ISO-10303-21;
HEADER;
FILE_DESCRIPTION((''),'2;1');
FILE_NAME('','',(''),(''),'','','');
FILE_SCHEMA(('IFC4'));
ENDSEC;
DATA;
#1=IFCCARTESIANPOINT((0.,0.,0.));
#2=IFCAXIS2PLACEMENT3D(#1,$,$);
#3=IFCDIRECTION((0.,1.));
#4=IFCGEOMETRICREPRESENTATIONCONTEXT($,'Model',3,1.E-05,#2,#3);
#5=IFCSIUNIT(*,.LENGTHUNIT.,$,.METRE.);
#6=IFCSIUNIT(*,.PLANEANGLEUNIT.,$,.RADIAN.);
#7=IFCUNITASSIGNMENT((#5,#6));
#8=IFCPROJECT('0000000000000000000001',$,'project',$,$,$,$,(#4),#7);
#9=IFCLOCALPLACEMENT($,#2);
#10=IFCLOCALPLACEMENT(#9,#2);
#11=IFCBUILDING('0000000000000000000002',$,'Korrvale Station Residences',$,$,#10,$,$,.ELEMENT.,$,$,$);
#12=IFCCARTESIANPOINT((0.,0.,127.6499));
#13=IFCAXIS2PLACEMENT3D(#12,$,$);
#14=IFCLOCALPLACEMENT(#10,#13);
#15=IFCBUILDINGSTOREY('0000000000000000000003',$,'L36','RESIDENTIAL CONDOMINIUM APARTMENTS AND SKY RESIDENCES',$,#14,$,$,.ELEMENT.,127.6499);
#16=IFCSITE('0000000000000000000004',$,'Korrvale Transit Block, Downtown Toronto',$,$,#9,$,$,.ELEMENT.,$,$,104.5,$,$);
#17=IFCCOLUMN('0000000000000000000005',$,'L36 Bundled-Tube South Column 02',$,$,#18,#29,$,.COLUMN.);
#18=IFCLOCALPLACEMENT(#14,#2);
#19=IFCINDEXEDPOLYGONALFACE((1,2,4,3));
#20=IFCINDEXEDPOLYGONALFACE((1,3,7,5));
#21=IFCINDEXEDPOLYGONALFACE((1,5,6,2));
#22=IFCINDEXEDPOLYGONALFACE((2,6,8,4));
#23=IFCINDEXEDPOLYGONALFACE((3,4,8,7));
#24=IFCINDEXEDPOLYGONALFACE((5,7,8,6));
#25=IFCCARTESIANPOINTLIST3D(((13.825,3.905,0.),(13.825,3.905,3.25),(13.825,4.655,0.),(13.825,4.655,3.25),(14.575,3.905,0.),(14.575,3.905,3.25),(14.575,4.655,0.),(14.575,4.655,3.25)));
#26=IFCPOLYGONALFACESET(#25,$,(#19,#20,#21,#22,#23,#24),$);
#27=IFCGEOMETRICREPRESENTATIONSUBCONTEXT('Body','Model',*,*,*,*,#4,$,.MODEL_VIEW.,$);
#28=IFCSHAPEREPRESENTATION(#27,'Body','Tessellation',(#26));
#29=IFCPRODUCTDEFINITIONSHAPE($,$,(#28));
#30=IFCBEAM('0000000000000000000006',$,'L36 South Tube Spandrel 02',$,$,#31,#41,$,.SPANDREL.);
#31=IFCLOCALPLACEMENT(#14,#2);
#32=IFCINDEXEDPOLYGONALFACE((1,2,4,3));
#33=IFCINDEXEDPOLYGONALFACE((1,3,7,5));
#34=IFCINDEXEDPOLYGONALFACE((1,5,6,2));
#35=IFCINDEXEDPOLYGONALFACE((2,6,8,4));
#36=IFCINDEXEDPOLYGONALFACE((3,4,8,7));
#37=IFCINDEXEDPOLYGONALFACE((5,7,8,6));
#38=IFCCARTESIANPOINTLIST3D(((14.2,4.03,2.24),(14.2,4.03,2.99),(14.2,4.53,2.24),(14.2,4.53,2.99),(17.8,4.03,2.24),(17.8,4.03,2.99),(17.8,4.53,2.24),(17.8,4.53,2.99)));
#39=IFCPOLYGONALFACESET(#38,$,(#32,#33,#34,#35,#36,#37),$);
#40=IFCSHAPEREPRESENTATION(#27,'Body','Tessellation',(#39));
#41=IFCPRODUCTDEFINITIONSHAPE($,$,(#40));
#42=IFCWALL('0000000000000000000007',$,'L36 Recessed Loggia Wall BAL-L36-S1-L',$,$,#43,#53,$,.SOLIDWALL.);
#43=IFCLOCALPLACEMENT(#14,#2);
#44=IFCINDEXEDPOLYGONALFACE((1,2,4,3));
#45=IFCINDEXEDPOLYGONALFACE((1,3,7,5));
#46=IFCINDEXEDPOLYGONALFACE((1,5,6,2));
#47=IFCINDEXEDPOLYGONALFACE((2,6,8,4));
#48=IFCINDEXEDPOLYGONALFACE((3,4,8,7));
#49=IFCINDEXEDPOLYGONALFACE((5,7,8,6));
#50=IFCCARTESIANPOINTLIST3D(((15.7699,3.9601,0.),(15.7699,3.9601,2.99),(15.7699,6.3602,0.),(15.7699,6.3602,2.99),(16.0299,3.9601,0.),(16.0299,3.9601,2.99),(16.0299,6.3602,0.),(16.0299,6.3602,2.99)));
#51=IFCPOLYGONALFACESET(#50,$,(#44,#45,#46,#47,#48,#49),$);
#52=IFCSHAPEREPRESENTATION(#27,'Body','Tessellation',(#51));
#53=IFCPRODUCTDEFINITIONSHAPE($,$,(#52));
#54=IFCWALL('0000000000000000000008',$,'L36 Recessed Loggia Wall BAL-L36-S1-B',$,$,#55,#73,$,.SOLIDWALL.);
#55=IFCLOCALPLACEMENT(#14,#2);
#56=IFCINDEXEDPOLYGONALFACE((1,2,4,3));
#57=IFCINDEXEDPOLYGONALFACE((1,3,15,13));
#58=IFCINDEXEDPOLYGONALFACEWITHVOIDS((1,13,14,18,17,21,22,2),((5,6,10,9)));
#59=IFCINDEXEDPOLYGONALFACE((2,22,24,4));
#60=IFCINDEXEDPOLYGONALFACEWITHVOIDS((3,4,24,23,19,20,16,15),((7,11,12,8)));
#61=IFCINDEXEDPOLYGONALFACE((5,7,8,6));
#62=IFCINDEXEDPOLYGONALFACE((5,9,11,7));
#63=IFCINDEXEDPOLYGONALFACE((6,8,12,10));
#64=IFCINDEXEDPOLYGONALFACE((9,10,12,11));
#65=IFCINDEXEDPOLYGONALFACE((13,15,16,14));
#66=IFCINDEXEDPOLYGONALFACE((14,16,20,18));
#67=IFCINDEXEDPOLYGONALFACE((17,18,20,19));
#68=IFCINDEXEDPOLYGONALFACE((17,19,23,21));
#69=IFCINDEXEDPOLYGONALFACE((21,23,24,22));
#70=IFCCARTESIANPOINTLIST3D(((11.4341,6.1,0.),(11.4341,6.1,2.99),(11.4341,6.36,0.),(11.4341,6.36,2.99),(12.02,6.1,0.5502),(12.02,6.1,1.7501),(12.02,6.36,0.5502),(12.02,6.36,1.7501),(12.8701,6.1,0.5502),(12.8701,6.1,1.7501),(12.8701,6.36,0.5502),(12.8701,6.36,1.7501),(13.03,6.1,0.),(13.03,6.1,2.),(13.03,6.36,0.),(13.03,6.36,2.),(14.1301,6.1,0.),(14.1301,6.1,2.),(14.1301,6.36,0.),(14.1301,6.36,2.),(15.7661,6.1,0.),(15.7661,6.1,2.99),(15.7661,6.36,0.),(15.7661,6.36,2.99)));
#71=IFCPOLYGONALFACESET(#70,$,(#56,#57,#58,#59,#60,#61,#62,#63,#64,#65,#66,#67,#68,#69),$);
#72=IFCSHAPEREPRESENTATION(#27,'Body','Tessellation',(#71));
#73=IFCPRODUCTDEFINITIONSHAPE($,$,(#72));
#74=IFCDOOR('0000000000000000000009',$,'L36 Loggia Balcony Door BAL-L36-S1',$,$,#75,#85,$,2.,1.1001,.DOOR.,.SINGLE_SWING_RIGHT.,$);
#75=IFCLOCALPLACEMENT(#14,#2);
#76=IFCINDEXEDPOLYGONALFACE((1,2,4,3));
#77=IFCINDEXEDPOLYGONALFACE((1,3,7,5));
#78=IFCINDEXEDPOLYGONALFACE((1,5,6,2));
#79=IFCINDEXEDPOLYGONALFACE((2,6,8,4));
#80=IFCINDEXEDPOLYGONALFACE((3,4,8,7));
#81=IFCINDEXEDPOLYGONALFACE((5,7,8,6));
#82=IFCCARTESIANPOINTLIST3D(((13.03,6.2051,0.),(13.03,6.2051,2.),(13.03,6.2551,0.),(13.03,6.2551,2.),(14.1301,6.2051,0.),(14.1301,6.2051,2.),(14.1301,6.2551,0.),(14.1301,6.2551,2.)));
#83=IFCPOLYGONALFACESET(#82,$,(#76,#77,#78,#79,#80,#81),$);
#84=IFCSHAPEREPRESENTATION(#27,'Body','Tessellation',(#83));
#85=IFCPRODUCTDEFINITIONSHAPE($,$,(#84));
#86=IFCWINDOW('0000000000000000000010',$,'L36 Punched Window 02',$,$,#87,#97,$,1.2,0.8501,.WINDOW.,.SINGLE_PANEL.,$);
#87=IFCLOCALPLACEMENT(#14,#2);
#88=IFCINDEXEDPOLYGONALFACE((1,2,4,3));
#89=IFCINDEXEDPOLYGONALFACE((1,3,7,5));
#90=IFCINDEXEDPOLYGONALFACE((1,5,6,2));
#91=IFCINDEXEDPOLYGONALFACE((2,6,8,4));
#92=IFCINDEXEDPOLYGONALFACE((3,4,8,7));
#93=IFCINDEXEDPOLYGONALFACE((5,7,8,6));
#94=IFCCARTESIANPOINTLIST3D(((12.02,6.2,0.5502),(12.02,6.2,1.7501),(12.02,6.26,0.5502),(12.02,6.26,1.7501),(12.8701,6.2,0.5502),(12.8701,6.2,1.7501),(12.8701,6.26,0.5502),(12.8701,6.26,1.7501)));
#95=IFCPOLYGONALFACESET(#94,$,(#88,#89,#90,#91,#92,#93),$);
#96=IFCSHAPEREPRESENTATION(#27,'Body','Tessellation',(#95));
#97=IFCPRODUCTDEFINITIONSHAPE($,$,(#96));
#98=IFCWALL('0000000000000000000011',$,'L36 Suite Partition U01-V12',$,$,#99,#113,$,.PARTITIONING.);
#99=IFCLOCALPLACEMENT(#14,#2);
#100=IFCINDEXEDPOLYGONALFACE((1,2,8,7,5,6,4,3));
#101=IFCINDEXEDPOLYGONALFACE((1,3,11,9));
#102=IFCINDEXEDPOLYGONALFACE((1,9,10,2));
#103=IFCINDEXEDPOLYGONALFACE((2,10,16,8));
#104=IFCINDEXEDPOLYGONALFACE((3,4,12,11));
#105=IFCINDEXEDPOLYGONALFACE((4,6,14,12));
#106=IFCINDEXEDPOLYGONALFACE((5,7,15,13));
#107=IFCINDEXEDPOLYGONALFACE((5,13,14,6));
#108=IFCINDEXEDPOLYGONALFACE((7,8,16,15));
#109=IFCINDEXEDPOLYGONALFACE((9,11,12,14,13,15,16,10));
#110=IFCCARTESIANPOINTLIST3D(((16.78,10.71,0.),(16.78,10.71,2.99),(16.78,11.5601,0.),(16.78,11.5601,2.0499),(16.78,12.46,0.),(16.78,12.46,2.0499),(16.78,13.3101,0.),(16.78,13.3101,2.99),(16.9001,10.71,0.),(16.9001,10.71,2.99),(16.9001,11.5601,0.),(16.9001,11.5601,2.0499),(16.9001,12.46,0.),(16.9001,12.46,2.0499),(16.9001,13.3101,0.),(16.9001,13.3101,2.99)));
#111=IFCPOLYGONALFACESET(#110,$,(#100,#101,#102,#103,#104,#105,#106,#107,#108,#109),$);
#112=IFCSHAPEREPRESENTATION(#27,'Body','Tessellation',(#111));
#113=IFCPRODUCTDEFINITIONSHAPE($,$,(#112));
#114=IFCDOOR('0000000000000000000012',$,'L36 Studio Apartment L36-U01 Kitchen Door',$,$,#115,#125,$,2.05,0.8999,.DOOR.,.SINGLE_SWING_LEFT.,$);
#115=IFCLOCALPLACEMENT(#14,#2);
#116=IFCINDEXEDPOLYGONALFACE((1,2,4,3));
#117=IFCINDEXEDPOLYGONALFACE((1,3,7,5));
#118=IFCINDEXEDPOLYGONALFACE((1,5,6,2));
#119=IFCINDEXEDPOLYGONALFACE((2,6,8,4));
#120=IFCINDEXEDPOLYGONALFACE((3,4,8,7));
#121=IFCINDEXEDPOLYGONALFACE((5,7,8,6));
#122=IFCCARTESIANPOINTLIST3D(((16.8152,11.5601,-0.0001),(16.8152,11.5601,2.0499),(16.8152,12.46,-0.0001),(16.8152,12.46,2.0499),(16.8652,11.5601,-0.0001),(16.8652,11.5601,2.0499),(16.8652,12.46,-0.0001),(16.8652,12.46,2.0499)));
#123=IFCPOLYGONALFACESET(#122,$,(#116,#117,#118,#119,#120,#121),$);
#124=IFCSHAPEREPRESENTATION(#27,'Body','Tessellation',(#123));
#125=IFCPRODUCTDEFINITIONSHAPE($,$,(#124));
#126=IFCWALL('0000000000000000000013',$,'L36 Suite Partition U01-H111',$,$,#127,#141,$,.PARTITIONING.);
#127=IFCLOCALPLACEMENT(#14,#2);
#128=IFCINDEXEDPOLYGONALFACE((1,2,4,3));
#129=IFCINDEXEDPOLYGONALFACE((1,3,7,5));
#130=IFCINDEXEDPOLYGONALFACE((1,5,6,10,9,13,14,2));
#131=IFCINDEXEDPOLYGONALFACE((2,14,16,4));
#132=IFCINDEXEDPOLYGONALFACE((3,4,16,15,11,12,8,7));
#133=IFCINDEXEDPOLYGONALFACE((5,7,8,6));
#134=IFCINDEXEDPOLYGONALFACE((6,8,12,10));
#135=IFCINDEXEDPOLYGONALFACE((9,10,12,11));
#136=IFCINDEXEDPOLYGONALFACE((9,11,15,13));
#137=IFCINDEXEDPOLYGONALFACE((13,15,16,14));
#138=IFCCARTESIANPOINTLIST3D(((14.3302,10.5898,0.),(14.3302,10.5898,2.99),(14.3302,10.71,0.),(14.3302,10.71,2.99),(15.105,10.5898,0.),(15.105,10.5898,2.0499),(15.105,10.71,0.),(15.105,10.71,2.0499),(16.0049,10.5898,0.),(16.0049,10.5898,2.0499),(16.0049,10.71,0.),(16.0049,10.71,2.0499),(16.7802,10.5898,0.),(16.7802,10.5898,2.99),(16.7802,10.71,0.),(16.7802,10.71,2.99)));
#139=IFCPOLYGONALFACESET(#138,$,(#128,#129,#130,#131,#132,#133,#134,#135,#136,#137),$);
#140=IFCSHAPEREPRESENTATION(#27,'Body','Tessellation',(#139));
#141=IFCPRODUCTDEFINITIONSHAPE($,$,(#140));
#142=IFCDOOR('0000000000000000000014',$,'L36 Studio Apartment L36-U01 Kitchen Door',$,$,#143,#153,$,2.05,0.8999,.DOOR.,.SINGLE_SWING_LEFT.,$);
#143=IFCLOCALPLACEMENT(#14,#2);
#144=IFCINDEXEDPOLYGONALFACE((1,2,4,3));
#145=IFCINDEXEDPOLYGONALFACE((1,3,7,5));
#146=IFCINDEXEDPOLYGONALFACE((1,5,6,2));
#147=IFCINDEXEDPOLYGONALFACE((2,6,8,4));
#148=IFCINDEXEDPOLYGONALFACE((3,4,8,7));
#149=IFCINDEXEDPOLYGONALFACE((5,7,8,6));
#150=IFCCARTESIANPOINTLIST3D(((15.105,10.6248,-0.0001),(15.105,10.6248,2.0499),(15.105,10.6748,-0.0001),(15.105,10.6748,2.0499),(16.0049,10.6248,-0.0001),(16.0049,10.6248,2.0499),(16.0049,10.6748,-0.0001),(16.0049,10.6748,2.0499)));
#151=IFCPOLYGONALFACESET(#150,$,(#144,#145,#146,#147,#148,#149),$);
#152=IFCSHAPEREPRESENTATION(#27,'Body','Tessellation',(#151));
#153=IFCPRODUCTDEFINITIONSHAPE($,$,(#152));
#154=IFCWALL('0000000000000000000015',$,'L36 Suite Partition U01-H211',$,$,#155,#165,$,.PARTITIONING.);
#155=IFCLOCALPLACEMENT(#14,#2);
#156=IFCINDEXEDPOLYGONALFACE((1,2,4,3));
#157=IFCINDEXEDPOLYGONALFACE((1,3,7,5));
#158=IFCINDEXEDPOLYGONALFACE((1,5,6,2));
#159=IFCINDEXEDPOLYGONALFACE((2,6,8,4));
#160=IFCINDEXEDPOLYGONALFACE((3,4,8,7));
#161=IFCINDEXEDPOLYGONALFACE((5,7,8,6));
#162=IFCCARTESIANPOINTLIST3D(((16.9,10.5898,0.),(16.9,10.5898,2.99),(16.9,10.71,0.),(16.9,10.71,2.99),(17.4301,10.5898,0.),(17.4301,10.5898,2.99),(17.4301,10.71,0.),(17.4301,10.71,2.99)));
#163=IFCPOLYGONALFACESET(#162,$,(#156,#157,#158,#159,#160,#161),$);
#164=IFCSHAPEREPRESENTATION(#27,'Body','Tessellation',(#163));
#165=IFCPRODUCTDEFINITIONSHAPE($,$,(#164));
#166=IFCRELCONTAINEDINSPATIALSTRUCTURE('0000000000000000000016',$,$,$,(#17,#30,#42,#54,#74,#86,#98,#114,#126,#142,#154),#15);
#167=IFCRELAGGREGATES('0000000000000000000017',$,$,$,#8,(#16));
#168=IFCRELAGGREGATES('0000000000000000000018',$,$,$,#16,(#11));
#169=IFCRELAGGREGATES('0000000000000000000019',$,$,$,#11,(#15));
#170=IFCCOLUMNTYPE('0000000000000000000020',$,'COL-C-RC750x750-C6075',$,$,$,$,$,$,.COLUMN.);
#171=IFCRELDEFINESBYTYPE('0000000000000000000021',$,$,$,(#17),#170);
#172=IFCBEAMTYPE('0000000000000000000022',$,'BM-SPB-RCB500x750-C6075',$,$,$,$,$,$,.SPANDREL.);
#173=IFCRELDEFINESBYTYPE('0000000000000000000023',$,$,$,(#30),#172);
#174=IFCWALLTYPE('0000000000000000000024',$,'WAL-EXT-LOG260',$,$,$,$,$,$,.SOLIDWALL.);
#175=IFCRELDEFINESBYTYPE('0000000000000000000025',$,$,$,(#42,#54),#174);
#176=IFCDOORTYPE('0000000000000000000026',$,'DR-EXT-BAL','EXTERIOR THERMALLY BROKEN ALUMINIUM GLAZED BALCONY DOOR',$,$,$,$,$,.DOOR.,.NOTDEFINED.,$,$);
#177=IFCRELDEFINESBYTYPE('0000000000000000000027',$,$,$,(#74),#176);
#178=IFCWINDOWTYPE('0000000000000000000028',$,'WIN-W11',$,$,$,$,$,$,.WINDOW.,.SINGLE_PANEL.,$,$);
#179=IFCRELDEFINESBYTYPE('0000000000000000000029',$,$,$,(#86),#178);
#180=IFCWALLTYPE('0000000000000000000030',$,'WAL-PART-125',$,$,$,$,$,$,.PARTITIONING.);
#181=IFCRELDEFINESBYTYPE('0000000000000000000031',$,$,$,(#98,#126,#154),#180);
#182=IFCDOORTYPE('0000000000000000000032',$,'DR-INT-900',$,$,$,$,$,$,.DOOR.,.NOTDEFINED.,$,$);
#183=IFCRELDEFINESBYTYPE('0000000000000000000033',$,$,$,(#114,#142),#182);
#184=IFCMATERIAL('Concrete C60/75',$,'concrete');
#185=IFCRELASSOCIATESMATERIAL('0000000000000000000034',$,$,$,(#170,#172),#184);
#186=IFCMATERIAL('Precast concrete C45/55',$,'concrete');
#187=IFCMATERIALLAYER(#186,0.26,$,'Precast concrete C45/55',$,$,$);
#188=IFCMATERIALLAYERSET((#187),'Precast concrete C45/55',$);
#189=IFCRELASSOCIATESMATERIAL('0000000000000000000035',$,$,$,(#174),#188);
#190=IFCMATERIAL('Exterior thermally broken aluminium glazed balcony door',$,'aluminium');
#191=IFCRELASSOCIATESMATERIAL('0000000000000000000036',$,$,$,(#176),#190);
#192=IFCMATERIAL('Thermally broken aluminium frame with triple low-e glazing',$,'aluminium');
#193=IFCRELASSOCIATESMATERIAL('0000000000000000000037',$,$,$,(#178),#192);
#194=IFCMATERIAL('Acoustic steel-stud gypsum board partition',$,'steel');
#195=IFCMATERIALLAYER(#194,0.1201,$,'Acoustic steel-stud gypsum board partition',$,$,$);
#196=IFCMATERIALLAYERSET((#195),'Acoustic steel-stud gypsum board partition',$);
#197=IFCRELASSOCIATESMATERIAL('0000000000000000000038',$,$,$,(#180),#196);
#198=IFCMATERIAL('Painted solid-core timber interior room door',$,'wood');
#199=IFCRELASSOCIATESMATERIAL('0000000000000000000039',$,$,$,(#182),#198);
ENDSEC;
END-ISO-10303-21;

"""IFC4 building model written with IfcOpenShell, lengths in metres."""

from ifc_helpers import new_model, si_unit, direction, frame, frame_2d, origin, origin_2d, place, context, subcontext, project, spatial, rectangle, extrude, material, layer, layer_set, material_profile, profile_set, type_object, element, fill, save


model = new_model("IFC4")

# Units and contexts
model_context = context("Model", 3, precision=1e-05, world=origin(), true_north=direction((0.0, 1.0)))
body_context = subcontext(model_context, "Body", "Model", "MODEL_VIEW")
ifc_project = project(units=[si_unit("LENGTHUNIT", "METRE"), si_unit("PLANEANGLEUNIT", "RADIAN")], contexts=[model_context])

# Site, building, storey
site_placement = place(None, origin())
site = spatial("IfcSite", under=ifc_project, at=site_placement, Name="Korrvale Transit Block, Downtown Toronto", CompositionType="ELEMENT", RefElevation=104.5)
building_placement = place(site_placement, origin())
building = spatial("IfcBuilding", under=site, at=building_placement, Name="Korrvale Station Residences", CompositionType="ELEMENT")
storey_placement = place(building_placement, frame((0.0, 0.0, 127.6499)))
storey = spatial("IfcBuildingStorey", under=building, at=storey_placement, Name="L36", Description="RESIDENTIAL CONDOMINIUM APARTMENTS AND SKY RESIDENCES", CompositionType="ELEMENT", Elevation=127.6499)

# Column
ifc_material_1 = material(Name="Concrete C60/75", Category="concrete")
ifc_material_profile_1 = material_profile(ifc_material_1, rectangle(XDim=0.75, YDim=0.75, at=origin_2d()), Name="RC750x750")
ifc_profile_set_1 = profile_set([ifc_material_profile_1], Name="Concrete C60/75")
column_type = type_object("IfcColumnType", Name="COL-C-RC750x750-C6075", PredefinedType="COLUMN", material=ifc_profile_set_1)
column_placement = place(storey_placement, frame((14.2, 4.28, 0.0), z_axis=(0.0, 0.0, 1.0), x_axis=(1.0, 0.0, 0.0)))
element("IfcColumn", 1, at=column_placement, inside=storey, type_object=column_type, Name="L36 Bundled-Tube South Column 02", PredefinedType="COLUMN", context=body_context, shape_type="SweptSolid", body=[
    extrude(rectangle(XDim=0.75, YDim=0.75, at=origin_2d()), origin(), (0.0, 0.0, 1.0), 3.25),
])

# Beam
ifc_material_profile_2 = material_profile(ifc_material_1, rectangle(XDim=0.5, YDim=0.75, at=origin_2d()), Name="RCB500x750")
ifc_profile_set_2 = profile_set([ifc_material_profile_2], Name="Concrete C60/75")
beam_type = type_object("IfcBeamType", Name="BM-SPB-RCB500x750-C6075", PredefinedType="SPANDREL", material=ifc_profile_set_2)
beam_placement = place(storey_placement, frame((14.2, 4.28, 2.615), z_axis=(1.0, 0.0, 0.0), x_axis=(0.0, 1.0, 0.0)))
element("IfcBeam", 2, at=beam_placement, inside=storey, type_object=beam_type, Name="L36 South Tube Spandrel 02", PredefinedType="SPANDREL", context=body_context, shape_type="SweptSolid", body=[
    extrude(rectangle(XDim=0.5, YDim=0.75, at=origin_2d()), origin(), (0.0, 0.0, 1.0), 3.6001),
])

# Wall
ifc_material_2 = material(Name="Precast concrete C45/55", Category="concrete")
ifc_layer_1 = layer(ifc_material_2, 0.26, Name="Precast concrete C45/55")
ifc_layer_set_1 = layer_set([ifc_layer_1], Name="Precast concrete C45/55")
wall_type_1 = type_object("IfcWallType", Name="WAL-EXT-LOG260", PredefinedType="SOLIDWALL", material=ifc_layer_set_1)
wall_1_placement = place(storey_placement, frame((15.8999, 3.96, 0.0), z_axis=(0.0, 0.0, 1.0), x_axis=(0.0, 1.0, 0.0)))
element("IfcWall", 3, at=wall_1_placement, inside=storey, type_object=wall_type_1, Name="L36 Recessed Loggia Wall BAL-L36-S1-L", PredefinedType="SOLIDWALL", context=body_context, shape_type="SweptSolid", body=[
    extrude(rectangle(XDim=2.4001, YDim=0.26, at=frame_2d((1.2002, 0.0))), origin(), (0.0, 0.0, 1.0), 2.99),
])

# Wall, openings, door, window
wall_2_placement = place(storey_placement, frame((15.7661, 6.23, 0.0), z_axis=(0.0, 0.0, 1.0), x_axis=(-1.0, 0.0, 0.0)))
wall_2 = element("IfcWall", 4, at=wall_2_placement, inside=storey, type_object=wall_type_1, Name="L36 Recessed Loggia Wall BAL-L36-S1-B", PredefinedType="SOLIDWALL", context=body_context, shape_type="SweptSolid", body=[
    extrude(rectangle(XDim=4.332, YDim=0.26, at=frame_2d((2.166, 0.0))), origin(), (0.0, 0.0, 1.0), 2.99),
])
opening_1_placement = place(wall_2_placement, frame((1.636, 0.0, 0.0)))
opening_1 = element("IfcOpeningElement", 5, at=opening_1_placement, cuts=wall_2, PredefinedType="OPENING", context=body_context, shape_type="SweptSolid", body=[
    extrude(rectangle(XDim=1.1001, YDim=2.0, at=frame_2d((0.55, 1.0))), frame((0.0, 0.1401, 0.0), z_axis=(0.0, -1.0, 0.0), x_axis=(1.0, 0.0, 0.0)), (0.0, 0.0, 1.0), 0.28),
])
opening_2_placement = place(wall_2_placement, frame((2.896, 0.0, 0.55)))
opening_2 = element("IfcOpeningElement", 6, at=opening_2_placement, cuts=wall_2, PredefinedType="OPENING", context=body_context, shape_type="SweptSolid", body=[
    extrude(rectangle(XDim=0.8501, YDim=1.2, at=frame_2d((0.425, 0.6001))), frame((0.0, 0.1401, 0.0), z_axis=(0.0, -1.0, 0.0), x_axis=(1.0, 0.0, 0.0)), (0.0, 0.0, 1.0), 0.28),
])
ifc_material_3 = material(Name="Exterior thermally broken aluminium glazed balcony door", Category="aluminium")
door_type_1 = type_object("IfcDoorType", Name="DR-EXT-BAL", Description="EXTERIOR THERMALLY BROKEN ALUMINIUM GLAZED BALCONY DOOR", OperationType="NOTDEFINED", PredefinedType="DOOR", material=ifc_material_3)
door_1_placement = place(opening_1_placement, origin())
door_1 = element("IfcDoor", 7, at=door_1_placement, inside=storey, type_object=door_type_1, Name="L36 Loggia Balcony Door BAL-L36-S1", OperationType="SINGLE_SWING_RIGHT", OverallHeight=2.0, OverallWidth=1.1001, PredefinedType="DOOR", context=body_context, shape_type="SweptSolid", body=[
    extrude(rectangle(XDim=1.1001, YDim=2.0, at=frame_2d((0.55, 1.0))), frame((0.0, 0.0249, 0.0), z_axis=(0.0, -1.0, 0.0), x_axis=(1.0, 0.0, 0.0)), (0.0, 0.0, 1.0), 0.05),
])
fill(opening_1, door_1)
ifc_material_4 = material(Name="Thermally broken aluminium frame with triple low-e glazing", Category="aluminium")
window_type = type_object("IfcWindowType", Name="WIN-W11", PartitioningType="SINGLE_PANEL", PredefinedType="WINDOW", material=ifc_material_4)
window_placement = place(opening_2_placement, origin())
window = element("IfcWindow", 8, at=window_placement, inside=storey, type_object=window_type, Name="L36 Punched Window 02", OverallHeight=1.2, OverallWidth=0.8501, PartitioningType="SINGLE_PANEL", PredefinedType="WINDOW", context=body_context, shape_type="SweptSolid", body=[
    extrude(rectangle(XDim=0.8501, YDim=1.2, at=frame_2d((0.425, 0.6001))), frame((0.0, 0.03, 0.0), z_axis=(0.0, -1.0, 0.0), x_axis=(1.0, 0.0, 0.0)), (0.0, 0.0, 1.0), 0.0601),
])
fill(opening_2, window)

# Walls, openings, doors
ifc_material_5 = material(Name="Acoustic steel-stud gypsum board partition", Category="steel")
ifc_layer_2 = layer(ifc_material_5, 0.1201, Name="Acoustic steel-stud gypsum board partition")
ifc_layer_set_2 = layer_set([ifc_layer_2], Name="Acoustic steel-stud gypsum board partition")
wall_type_2 = type_object("IfcWallType", Name="WAL-PART-125", PredefinedType="PARTITIONING", material=ifc_layer_set_2)
wall_3_placement = place(storey_placement, frame((16.8401, 10.71, 0.0), z_axis=(0.0, 0.0, 1.0), x_axis=(0.0, 1.0, 0.0)))
wall_3 = element("IfcWall", 9, at=wall_3_placement, inside=storey, type_object=wall_type_2, Name="L36 Suite Partition U01-V12", PredefinedType="PARTITIONING", context=body_context, shape_type="SweptSolid", body=[
    extrude(rectangle(XDim=2.6001, YDim=0.1201, at=frame_2d((1.3, 0.0))), origin(), (0.0, 0.0, 1.0), 2.99),
])
opening_3_placement = place(wall_3_placement, frame((0.8501, 0.0, 0.0)))
opening_3 = element("IfcOpeningElement", 10, at=opening_3_placement, cuts=wall_3, PredefinedType="OPENING", context=body_context, shape_type="SweptSolid", body=[
    extrude(rectangle(XDim=0.8999, YDim=2.05, at=frame_2d((0.45, 1.0249))), frame((0.0, 0.0701, 0.0), z_axis=(0.0, -1.0, 0.0), x_axis=(1.0, 0.0, 0.0)), (0.0, 0.0, 1.0), 0.1401),
])
ifc_material_6 = material(Name="Painted solid-core timber interior room door", Category="wood")
door_type_2 = type_object("IfcDoorType", Name="DR-INT-900", OperationType="NOTDEFINED", PredefinedType="DOOR", material=ifc_material_6)
door_2_placement = place(opening_3_placement, origin())
door_2 = element("IfcDoor", 11, at=door_2_placement, inside=storey, type_object=door_type_2, Name="L36 Studio Apartment L36-U01 Kitchen Door", OperationType="SINGLE_SWING_LEFT", OverallHeight=2.05, OverallWidth=0.8999, PredefinedType="DOOR", context=body_context, shape_type="SweptSolid", body=[
    extrude(rectangle(XDim=0.8999, YDim=2.05, at=frame_2d((0.45, 1.0249))), frame((0.0, 0.0249, 0.0), z_axis=(0.0, -1.0, 0.0), x_axis=(1.0, 0.0, 0.0)), (0.0, 0.0, 1.0), 0.05),
])
fill(opening_3, door_2)
wall_4_placement = place(storey_placement, frame((14.3301, 10.6499, 0.0), z_axis=(0.0, 0.0, 1.0), x_axis=(1.0, 0.0, 0.0)))
wall_4 = element("IfcWall", 12, at=wall_4_placement, inside=storey, type_object=wall_type_2, Name="L36 Suite Partition U01-H111", PredefinedType="PARTITIONING", context=body_context, shape_type="SweptSolid", body=[
    extrude(rectangle(XDim=2.45, YDim=0.1201, at=frame_2d((1.2251, 0.0))), origin(), (0.0, 0.0, 1.0), 2.99),
])
opening_4_placement = place(wall_4_placement, frame((0.7749, 0.0, 0.0)))
opening_4 = element("IfcOpeningElement", 13, at=opening_4_placement, cuts=wall_4, PredefinedType="OPENING", context=body_context, shape_type="SweptSolid", body=[
    extrude(rectangle(XDim=0.8999, YDim=2.05, at=frame_2d((0.45, 1.0249))), frame((0.0, 0.0701, 0.0), z_axis=(0.0, -1.0, 0.0), x_axis=(1.0, 0.0, 0.0)), (0.0, 0.0, 1.0), 0.1401),
])
door_3_placement = place(opening_4_placement, origin())
door_3 = element("IfcDoor", 14, at=door_3_placement, inside=storey, type_object=door_type_2, Name="L36 Studio Apartment L36-U01 Kitchen Door", OperationType="SINGLE_SWING_LEFT", OverallHeight=2.05, OverallWidth=0.8999, PredefinedType="DOOR", context=body_context, shape_type="SweptSolid", body=[
    extrude(rectangle(XDim=0.8999, YDim=2.05, at=frame_2d((0.45, 1.0249))), frame((0.0, 0.0249, 0.0), z_axis=(0.0, -1.0, 0.0), x_axis=(1.0, 0.0, 0.0)), (0.0, 0.0, 1.0), 0.05),
])
fill(opening_4, door_3)

# Wall
wall_5_placement = place(storey_placement, frame((16.8999, 10.6499, 0.0), z_axis=(0.0, 0.0, 1.0), x_axis=(1.0, 0.0, 0.0)))
element("IfcWall", 15, at=wall_5_placement, inside=storey, type_object=wall_type_2, Name="L36 Suite Partition U01-H211", PredefinedType="PARTITIONING", context=body_context, shape_type="SweptSolid", body=[
    extrude(rectangle(XDim=0.53, YDim=0.1201, at=frame_2d((0.2651, 0.0))), origin(), (0.0, 0.0, 1.0), 2.99),
])

save(model, "model.ifc")
